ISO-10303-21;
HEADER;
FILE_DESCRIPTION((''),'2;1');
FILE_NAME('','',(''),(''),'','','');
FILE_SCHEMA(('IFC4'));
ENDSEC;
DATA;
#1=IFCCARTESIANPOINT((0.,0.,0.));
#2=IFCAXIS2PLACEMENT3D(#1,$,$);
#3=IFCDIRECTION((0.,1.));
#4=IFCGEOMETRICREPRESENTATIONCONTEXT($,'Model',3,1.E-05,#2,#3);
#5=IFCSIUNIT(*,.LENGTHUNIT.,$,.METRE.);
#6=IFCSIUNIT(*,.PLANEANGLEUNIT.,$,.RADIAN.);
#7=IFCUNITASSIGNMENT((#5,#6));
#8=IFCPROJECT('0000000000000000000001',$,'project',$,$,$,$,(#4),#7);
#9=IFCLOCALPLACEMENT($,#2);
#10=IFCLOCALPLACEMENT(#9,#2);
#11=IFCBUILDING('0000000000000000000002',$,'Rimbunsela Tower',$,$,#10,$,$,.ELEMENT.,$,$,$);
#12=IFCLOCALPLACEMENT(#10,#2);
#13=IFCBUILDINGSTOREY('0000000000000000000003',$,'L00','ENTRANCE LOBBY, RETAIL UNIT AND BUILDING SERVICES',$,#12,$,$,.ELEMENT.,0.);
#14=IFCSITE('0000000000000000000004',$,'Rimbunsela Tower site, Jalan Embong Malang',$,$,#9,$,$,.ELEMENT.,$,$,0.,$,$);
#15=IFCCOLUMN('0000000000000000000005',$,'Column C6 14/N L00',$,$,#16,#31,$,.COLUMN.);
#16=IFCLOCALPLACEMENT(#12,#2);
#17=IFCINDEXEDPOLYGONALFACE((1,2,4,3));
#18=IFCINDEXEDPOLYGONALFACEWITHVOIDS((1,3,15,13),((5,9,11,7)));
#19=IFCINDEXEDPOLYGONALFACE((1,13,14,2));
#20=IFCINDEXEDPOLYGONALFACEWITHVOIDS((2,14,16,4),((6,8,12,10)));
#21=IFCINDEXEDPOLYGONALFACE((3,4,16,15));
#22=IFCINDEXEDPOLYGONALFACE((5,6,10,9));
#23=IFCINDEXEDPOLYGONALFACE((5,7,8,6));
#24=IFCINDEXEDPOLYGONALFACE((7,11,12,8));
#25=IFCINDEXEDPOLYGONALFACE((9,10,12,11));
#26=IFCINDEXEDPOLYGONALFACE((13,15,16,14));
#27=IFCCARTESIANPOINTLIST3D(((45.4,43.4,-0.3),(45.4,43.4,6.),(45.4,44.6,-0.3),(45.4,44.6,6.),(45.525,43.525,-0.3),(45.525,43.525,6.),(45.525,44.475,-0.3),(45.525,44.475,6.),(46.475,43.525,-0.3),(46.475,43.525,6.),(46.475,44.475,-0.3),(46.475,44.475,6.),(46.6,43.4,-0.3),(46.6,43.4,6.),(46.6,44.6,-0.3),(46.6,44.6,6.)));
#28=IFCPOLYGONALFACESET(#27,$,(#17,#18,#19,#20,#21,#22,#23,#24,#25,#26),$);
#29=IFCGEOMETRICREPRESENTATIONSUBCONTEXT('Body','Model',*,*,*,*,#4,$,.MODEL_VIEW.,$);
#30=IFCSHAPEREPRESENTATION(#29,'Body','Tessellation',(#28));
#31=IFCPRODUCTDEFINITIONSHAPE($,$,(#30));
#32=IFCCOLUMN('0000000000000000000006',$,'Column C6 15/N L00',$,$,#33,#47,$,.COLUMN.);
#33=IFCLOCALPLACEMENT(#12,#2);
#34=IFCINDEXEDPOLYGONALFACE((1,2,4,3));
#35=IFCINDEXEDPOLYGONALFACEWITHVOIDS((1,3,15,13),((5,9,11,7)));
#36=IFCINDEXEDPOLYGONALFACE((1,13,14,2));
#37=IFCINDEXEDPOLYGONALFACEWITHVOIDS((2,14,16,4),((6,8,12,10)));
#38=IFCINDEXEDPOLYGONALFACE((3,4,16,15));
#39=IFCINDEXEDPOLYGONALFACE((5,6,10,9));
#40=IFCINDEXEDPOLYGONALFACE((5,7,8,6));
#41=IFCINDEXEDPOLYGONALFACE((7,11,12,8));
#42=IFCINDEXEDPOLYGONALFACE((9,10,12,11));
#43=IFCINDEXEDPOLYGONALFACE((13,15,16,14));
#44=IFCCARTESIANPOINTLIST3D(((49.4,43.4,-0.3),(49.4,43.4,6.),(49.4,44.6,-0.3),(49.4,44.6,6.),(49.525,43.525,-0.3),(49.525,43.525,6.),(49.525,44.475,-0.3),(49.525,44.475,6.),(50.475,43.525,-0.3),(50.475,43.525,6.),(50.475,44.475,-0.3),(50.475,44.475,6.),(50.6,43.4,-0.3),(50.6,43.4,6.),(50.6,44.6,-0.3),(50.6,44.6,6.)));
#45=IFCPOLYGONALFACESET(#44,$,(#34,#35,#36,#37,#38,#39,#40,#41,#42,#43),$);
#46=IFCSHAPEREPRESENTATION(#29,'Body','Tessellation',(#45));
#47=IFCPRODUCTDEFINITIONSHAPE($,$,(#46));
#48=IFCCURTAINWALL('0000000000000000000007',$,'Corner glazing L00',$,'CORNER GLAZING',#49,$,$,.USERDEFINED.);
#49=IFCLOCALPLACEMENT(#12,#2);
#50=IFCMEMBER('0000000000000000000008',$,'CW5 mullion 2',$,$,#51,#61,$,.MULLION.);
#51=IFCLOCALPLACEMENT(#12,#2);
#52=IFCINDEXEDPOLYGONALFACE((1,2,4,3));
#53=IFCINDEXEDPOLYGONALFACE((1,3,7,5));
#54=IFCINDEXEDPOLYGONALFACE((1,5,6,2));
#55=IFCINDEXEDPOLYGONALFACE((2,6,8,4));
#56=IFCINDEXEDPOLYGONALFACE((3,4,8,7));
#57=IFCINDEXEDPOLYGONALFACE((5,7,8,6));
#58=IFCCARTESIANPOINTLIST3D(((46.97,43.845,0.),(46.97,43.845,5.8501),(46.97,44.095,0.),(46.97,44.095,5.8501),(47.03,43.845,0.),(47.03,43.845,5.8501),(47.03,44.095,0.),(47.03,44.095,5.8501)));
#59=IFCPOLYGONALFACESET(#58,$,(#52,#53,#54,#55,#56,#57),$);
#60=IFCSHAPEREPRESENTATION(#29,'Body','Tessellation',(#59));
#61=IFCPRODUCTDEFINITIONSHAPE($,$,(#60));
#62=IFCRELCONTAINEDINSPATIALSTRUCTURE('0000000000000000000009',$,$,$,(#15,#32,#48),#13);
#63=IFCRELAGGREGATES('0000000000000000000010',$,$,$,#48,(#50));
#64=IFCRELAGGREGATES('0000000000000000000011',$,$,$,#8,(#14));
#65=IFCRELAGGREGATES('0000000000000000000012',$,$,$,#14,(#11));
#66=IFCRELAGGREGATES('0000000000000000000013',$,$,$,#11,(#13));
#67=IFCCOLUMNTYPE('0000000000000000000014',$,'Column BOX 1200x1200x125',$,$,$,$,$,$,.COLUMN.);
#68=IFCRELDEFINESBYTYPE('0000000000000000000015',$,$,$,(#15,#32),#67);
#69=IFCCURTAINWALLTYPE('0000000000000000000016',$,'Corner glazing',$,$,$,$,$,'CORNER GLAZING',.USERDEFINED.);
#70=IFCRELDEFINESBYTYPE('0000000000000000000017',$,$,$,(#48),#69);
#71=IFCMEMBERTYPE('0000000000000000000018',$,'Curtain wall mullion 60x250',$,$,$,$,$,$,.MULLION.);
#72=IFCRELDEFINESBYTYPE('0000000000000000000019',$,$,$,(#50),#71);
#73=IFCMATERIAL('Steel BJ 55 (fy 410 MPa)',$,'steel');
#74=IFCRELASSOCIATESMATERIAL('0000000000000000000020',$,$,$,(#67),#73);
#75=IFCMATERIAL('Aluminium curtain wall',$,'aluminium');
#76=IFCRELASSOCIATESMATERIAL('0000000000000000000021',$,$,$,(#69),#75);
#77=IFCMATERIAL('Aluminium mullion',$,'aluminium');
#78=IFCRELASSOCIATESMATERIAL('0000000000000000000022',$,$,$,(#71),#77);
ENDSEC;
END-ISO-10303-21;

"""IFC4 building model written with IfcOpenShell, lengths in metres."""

from ifc_helpers import new_model, si_unit, direction, frame, origin, origin_2d, place, context, subcontext, project, spatial, rectangle, hollow_rectangle, extrude, material, material_profile, profile_set, type_object, element, aggregate, save


model = new_model("IFC4")

# Units and contexts
model_context = context("Model", 3, precision=1e-05, world=origin(), true_north=direction((0.0, 1.0)))
body_context = subcontext(model_context, "Body", "Model", "MODEL_VIEW")
ifc_project = project(units=[si_unit("LENGTHUNIT", "METRE"), si_unit("PLANEANGLEUNIT", "RADIAN")], contexts=[model_context])

# Site, building, storey
site_placement = place(None, origin())
site = spatial("IfcSite", under=ifc_project, at=site_placement, Name="Rimbunsela Tower site, Jalan Embong Malang", CompositionType="ELEMENT", RefElevation=0.0)
building_placement = place(site_placement, origin())
building = spatial("IfcBuilding", under=site, at=building_placement, Name="Rimbunsela Tower", CompositionType="ELEMENT")
storey_placement = place(building_placement, origin())
storey = spatial("IfcBuildingStorey", under=building, at=storey_placement, Name="L00", Description="ENTRANCE LOBBY, RETAIL UNIT AND BUILDING SERVICES", CompositionType="ELEMENT", Elevation=0.0)

# Columns
ifc_material_1 = material(Name="Steel BJ 55 (fy 410 MPa)", Category="steel")
ifc_material_profile_1 = material_profile(ifc_material_1, hollow_rectangle(XDim=1.2, YDim=1.2, WallThickness=0.125, at=origin_2d()), Name="BOX 1200x1200x125")
ifc_profile_set_1 = profile_set([ifc_material_profile_1], Name="Steel BJ 55 (fy 410 MPa)")
column_type = type_object("IfcColumnType", Name="Column BOX 1200x1200x125", PredefinedType="COLUMN", material=ifc_profile_set_1)
for number, where, z_axis, x_axis, name in (
    (1, (46.0, 44.0, -0.3), (0.0, 0.0, 1.0), (1.0, 0.0, 0.0), "Column C6 14/N L00"),
    (2, (50.0, 44.0, -0.3), (0.0, 0.0, 1.0), (1.0, 0.0, 0.0), "Column C6 15/N L00"),
):
    element("IfcColumn", number, at=place(storey_placement, frame(where, z_axis=z_axis, x_axis=x_axis)), inside=storey, type_object=column_type, Name=name, PredefinedType="COLUMN", context=body_context, shape_type="SweptSolid", body=[
        extrude(hollow_rectangle(XDim=1.2, YDim=1.2, WallThickness=0.125, at=origin_2d()), origin(), (0.0, 0.0, 1.0), 6.3),
    ])

# Curtain wall, member
ifc_material_2 = material(Name="Aluminium curtain wall", Category="aluminium")
curtain_wall_type = type_object("IfcCurtainWallType", Name="Corner glazing", ElementType="CORNER GLAZING", PredefinedType="USERDEFINED", material=ifc_material_2)
curtain_wall_placement = place(storey_placement, origin())
curtain_wall = element("IfcCurtainWall", 3, at=curtain_wall_placement, inside=storey, type_object=curtain_wall_type, Name="Corner glazing L00", ObjectType="CORNER GLAZING", PredefinedType="USERDEFINED")
ifc_material_3 = material(Name="Aluminium mullion", Category="aluminium")
ifc_material_profile_2 = material_profile(ifc_material_3, rectangle(XDim=0.0601, YDim=0.25, at=origin_2d()), Name="Mullion 60x250")
ifc_profile_set_2 = profile_set([ifc_material_profile_2], Name="Aluminium mullion")
member_type = type_object("IfcMemberType", Name="Curtain wall mullion 60x250", PredefinedType="MULLION", material=ifc_profile_set_2)
member_placement = place(storey_placement, frame((47.0, 43.97, 0.0), z_axis=(0.0, 0.0, 1.0), x_axis=(-1.0, 0.0, 0.0)))
member = element("IfcMember", 4, at=member_placement, type_object=member_type, Name="CW5 mullion 2", PredefinedType="MULLION", context=body_context, shape_type="SweptSolid", body=[
    extrude(rectangle(XDim=0.0601, YDim=0.25, at=origin_2d()), origin(), (0.0, 0.0, 1.0), 5.8501),
])
aggregate(curtain_wall, [member])

save(model, "model.ifc")
